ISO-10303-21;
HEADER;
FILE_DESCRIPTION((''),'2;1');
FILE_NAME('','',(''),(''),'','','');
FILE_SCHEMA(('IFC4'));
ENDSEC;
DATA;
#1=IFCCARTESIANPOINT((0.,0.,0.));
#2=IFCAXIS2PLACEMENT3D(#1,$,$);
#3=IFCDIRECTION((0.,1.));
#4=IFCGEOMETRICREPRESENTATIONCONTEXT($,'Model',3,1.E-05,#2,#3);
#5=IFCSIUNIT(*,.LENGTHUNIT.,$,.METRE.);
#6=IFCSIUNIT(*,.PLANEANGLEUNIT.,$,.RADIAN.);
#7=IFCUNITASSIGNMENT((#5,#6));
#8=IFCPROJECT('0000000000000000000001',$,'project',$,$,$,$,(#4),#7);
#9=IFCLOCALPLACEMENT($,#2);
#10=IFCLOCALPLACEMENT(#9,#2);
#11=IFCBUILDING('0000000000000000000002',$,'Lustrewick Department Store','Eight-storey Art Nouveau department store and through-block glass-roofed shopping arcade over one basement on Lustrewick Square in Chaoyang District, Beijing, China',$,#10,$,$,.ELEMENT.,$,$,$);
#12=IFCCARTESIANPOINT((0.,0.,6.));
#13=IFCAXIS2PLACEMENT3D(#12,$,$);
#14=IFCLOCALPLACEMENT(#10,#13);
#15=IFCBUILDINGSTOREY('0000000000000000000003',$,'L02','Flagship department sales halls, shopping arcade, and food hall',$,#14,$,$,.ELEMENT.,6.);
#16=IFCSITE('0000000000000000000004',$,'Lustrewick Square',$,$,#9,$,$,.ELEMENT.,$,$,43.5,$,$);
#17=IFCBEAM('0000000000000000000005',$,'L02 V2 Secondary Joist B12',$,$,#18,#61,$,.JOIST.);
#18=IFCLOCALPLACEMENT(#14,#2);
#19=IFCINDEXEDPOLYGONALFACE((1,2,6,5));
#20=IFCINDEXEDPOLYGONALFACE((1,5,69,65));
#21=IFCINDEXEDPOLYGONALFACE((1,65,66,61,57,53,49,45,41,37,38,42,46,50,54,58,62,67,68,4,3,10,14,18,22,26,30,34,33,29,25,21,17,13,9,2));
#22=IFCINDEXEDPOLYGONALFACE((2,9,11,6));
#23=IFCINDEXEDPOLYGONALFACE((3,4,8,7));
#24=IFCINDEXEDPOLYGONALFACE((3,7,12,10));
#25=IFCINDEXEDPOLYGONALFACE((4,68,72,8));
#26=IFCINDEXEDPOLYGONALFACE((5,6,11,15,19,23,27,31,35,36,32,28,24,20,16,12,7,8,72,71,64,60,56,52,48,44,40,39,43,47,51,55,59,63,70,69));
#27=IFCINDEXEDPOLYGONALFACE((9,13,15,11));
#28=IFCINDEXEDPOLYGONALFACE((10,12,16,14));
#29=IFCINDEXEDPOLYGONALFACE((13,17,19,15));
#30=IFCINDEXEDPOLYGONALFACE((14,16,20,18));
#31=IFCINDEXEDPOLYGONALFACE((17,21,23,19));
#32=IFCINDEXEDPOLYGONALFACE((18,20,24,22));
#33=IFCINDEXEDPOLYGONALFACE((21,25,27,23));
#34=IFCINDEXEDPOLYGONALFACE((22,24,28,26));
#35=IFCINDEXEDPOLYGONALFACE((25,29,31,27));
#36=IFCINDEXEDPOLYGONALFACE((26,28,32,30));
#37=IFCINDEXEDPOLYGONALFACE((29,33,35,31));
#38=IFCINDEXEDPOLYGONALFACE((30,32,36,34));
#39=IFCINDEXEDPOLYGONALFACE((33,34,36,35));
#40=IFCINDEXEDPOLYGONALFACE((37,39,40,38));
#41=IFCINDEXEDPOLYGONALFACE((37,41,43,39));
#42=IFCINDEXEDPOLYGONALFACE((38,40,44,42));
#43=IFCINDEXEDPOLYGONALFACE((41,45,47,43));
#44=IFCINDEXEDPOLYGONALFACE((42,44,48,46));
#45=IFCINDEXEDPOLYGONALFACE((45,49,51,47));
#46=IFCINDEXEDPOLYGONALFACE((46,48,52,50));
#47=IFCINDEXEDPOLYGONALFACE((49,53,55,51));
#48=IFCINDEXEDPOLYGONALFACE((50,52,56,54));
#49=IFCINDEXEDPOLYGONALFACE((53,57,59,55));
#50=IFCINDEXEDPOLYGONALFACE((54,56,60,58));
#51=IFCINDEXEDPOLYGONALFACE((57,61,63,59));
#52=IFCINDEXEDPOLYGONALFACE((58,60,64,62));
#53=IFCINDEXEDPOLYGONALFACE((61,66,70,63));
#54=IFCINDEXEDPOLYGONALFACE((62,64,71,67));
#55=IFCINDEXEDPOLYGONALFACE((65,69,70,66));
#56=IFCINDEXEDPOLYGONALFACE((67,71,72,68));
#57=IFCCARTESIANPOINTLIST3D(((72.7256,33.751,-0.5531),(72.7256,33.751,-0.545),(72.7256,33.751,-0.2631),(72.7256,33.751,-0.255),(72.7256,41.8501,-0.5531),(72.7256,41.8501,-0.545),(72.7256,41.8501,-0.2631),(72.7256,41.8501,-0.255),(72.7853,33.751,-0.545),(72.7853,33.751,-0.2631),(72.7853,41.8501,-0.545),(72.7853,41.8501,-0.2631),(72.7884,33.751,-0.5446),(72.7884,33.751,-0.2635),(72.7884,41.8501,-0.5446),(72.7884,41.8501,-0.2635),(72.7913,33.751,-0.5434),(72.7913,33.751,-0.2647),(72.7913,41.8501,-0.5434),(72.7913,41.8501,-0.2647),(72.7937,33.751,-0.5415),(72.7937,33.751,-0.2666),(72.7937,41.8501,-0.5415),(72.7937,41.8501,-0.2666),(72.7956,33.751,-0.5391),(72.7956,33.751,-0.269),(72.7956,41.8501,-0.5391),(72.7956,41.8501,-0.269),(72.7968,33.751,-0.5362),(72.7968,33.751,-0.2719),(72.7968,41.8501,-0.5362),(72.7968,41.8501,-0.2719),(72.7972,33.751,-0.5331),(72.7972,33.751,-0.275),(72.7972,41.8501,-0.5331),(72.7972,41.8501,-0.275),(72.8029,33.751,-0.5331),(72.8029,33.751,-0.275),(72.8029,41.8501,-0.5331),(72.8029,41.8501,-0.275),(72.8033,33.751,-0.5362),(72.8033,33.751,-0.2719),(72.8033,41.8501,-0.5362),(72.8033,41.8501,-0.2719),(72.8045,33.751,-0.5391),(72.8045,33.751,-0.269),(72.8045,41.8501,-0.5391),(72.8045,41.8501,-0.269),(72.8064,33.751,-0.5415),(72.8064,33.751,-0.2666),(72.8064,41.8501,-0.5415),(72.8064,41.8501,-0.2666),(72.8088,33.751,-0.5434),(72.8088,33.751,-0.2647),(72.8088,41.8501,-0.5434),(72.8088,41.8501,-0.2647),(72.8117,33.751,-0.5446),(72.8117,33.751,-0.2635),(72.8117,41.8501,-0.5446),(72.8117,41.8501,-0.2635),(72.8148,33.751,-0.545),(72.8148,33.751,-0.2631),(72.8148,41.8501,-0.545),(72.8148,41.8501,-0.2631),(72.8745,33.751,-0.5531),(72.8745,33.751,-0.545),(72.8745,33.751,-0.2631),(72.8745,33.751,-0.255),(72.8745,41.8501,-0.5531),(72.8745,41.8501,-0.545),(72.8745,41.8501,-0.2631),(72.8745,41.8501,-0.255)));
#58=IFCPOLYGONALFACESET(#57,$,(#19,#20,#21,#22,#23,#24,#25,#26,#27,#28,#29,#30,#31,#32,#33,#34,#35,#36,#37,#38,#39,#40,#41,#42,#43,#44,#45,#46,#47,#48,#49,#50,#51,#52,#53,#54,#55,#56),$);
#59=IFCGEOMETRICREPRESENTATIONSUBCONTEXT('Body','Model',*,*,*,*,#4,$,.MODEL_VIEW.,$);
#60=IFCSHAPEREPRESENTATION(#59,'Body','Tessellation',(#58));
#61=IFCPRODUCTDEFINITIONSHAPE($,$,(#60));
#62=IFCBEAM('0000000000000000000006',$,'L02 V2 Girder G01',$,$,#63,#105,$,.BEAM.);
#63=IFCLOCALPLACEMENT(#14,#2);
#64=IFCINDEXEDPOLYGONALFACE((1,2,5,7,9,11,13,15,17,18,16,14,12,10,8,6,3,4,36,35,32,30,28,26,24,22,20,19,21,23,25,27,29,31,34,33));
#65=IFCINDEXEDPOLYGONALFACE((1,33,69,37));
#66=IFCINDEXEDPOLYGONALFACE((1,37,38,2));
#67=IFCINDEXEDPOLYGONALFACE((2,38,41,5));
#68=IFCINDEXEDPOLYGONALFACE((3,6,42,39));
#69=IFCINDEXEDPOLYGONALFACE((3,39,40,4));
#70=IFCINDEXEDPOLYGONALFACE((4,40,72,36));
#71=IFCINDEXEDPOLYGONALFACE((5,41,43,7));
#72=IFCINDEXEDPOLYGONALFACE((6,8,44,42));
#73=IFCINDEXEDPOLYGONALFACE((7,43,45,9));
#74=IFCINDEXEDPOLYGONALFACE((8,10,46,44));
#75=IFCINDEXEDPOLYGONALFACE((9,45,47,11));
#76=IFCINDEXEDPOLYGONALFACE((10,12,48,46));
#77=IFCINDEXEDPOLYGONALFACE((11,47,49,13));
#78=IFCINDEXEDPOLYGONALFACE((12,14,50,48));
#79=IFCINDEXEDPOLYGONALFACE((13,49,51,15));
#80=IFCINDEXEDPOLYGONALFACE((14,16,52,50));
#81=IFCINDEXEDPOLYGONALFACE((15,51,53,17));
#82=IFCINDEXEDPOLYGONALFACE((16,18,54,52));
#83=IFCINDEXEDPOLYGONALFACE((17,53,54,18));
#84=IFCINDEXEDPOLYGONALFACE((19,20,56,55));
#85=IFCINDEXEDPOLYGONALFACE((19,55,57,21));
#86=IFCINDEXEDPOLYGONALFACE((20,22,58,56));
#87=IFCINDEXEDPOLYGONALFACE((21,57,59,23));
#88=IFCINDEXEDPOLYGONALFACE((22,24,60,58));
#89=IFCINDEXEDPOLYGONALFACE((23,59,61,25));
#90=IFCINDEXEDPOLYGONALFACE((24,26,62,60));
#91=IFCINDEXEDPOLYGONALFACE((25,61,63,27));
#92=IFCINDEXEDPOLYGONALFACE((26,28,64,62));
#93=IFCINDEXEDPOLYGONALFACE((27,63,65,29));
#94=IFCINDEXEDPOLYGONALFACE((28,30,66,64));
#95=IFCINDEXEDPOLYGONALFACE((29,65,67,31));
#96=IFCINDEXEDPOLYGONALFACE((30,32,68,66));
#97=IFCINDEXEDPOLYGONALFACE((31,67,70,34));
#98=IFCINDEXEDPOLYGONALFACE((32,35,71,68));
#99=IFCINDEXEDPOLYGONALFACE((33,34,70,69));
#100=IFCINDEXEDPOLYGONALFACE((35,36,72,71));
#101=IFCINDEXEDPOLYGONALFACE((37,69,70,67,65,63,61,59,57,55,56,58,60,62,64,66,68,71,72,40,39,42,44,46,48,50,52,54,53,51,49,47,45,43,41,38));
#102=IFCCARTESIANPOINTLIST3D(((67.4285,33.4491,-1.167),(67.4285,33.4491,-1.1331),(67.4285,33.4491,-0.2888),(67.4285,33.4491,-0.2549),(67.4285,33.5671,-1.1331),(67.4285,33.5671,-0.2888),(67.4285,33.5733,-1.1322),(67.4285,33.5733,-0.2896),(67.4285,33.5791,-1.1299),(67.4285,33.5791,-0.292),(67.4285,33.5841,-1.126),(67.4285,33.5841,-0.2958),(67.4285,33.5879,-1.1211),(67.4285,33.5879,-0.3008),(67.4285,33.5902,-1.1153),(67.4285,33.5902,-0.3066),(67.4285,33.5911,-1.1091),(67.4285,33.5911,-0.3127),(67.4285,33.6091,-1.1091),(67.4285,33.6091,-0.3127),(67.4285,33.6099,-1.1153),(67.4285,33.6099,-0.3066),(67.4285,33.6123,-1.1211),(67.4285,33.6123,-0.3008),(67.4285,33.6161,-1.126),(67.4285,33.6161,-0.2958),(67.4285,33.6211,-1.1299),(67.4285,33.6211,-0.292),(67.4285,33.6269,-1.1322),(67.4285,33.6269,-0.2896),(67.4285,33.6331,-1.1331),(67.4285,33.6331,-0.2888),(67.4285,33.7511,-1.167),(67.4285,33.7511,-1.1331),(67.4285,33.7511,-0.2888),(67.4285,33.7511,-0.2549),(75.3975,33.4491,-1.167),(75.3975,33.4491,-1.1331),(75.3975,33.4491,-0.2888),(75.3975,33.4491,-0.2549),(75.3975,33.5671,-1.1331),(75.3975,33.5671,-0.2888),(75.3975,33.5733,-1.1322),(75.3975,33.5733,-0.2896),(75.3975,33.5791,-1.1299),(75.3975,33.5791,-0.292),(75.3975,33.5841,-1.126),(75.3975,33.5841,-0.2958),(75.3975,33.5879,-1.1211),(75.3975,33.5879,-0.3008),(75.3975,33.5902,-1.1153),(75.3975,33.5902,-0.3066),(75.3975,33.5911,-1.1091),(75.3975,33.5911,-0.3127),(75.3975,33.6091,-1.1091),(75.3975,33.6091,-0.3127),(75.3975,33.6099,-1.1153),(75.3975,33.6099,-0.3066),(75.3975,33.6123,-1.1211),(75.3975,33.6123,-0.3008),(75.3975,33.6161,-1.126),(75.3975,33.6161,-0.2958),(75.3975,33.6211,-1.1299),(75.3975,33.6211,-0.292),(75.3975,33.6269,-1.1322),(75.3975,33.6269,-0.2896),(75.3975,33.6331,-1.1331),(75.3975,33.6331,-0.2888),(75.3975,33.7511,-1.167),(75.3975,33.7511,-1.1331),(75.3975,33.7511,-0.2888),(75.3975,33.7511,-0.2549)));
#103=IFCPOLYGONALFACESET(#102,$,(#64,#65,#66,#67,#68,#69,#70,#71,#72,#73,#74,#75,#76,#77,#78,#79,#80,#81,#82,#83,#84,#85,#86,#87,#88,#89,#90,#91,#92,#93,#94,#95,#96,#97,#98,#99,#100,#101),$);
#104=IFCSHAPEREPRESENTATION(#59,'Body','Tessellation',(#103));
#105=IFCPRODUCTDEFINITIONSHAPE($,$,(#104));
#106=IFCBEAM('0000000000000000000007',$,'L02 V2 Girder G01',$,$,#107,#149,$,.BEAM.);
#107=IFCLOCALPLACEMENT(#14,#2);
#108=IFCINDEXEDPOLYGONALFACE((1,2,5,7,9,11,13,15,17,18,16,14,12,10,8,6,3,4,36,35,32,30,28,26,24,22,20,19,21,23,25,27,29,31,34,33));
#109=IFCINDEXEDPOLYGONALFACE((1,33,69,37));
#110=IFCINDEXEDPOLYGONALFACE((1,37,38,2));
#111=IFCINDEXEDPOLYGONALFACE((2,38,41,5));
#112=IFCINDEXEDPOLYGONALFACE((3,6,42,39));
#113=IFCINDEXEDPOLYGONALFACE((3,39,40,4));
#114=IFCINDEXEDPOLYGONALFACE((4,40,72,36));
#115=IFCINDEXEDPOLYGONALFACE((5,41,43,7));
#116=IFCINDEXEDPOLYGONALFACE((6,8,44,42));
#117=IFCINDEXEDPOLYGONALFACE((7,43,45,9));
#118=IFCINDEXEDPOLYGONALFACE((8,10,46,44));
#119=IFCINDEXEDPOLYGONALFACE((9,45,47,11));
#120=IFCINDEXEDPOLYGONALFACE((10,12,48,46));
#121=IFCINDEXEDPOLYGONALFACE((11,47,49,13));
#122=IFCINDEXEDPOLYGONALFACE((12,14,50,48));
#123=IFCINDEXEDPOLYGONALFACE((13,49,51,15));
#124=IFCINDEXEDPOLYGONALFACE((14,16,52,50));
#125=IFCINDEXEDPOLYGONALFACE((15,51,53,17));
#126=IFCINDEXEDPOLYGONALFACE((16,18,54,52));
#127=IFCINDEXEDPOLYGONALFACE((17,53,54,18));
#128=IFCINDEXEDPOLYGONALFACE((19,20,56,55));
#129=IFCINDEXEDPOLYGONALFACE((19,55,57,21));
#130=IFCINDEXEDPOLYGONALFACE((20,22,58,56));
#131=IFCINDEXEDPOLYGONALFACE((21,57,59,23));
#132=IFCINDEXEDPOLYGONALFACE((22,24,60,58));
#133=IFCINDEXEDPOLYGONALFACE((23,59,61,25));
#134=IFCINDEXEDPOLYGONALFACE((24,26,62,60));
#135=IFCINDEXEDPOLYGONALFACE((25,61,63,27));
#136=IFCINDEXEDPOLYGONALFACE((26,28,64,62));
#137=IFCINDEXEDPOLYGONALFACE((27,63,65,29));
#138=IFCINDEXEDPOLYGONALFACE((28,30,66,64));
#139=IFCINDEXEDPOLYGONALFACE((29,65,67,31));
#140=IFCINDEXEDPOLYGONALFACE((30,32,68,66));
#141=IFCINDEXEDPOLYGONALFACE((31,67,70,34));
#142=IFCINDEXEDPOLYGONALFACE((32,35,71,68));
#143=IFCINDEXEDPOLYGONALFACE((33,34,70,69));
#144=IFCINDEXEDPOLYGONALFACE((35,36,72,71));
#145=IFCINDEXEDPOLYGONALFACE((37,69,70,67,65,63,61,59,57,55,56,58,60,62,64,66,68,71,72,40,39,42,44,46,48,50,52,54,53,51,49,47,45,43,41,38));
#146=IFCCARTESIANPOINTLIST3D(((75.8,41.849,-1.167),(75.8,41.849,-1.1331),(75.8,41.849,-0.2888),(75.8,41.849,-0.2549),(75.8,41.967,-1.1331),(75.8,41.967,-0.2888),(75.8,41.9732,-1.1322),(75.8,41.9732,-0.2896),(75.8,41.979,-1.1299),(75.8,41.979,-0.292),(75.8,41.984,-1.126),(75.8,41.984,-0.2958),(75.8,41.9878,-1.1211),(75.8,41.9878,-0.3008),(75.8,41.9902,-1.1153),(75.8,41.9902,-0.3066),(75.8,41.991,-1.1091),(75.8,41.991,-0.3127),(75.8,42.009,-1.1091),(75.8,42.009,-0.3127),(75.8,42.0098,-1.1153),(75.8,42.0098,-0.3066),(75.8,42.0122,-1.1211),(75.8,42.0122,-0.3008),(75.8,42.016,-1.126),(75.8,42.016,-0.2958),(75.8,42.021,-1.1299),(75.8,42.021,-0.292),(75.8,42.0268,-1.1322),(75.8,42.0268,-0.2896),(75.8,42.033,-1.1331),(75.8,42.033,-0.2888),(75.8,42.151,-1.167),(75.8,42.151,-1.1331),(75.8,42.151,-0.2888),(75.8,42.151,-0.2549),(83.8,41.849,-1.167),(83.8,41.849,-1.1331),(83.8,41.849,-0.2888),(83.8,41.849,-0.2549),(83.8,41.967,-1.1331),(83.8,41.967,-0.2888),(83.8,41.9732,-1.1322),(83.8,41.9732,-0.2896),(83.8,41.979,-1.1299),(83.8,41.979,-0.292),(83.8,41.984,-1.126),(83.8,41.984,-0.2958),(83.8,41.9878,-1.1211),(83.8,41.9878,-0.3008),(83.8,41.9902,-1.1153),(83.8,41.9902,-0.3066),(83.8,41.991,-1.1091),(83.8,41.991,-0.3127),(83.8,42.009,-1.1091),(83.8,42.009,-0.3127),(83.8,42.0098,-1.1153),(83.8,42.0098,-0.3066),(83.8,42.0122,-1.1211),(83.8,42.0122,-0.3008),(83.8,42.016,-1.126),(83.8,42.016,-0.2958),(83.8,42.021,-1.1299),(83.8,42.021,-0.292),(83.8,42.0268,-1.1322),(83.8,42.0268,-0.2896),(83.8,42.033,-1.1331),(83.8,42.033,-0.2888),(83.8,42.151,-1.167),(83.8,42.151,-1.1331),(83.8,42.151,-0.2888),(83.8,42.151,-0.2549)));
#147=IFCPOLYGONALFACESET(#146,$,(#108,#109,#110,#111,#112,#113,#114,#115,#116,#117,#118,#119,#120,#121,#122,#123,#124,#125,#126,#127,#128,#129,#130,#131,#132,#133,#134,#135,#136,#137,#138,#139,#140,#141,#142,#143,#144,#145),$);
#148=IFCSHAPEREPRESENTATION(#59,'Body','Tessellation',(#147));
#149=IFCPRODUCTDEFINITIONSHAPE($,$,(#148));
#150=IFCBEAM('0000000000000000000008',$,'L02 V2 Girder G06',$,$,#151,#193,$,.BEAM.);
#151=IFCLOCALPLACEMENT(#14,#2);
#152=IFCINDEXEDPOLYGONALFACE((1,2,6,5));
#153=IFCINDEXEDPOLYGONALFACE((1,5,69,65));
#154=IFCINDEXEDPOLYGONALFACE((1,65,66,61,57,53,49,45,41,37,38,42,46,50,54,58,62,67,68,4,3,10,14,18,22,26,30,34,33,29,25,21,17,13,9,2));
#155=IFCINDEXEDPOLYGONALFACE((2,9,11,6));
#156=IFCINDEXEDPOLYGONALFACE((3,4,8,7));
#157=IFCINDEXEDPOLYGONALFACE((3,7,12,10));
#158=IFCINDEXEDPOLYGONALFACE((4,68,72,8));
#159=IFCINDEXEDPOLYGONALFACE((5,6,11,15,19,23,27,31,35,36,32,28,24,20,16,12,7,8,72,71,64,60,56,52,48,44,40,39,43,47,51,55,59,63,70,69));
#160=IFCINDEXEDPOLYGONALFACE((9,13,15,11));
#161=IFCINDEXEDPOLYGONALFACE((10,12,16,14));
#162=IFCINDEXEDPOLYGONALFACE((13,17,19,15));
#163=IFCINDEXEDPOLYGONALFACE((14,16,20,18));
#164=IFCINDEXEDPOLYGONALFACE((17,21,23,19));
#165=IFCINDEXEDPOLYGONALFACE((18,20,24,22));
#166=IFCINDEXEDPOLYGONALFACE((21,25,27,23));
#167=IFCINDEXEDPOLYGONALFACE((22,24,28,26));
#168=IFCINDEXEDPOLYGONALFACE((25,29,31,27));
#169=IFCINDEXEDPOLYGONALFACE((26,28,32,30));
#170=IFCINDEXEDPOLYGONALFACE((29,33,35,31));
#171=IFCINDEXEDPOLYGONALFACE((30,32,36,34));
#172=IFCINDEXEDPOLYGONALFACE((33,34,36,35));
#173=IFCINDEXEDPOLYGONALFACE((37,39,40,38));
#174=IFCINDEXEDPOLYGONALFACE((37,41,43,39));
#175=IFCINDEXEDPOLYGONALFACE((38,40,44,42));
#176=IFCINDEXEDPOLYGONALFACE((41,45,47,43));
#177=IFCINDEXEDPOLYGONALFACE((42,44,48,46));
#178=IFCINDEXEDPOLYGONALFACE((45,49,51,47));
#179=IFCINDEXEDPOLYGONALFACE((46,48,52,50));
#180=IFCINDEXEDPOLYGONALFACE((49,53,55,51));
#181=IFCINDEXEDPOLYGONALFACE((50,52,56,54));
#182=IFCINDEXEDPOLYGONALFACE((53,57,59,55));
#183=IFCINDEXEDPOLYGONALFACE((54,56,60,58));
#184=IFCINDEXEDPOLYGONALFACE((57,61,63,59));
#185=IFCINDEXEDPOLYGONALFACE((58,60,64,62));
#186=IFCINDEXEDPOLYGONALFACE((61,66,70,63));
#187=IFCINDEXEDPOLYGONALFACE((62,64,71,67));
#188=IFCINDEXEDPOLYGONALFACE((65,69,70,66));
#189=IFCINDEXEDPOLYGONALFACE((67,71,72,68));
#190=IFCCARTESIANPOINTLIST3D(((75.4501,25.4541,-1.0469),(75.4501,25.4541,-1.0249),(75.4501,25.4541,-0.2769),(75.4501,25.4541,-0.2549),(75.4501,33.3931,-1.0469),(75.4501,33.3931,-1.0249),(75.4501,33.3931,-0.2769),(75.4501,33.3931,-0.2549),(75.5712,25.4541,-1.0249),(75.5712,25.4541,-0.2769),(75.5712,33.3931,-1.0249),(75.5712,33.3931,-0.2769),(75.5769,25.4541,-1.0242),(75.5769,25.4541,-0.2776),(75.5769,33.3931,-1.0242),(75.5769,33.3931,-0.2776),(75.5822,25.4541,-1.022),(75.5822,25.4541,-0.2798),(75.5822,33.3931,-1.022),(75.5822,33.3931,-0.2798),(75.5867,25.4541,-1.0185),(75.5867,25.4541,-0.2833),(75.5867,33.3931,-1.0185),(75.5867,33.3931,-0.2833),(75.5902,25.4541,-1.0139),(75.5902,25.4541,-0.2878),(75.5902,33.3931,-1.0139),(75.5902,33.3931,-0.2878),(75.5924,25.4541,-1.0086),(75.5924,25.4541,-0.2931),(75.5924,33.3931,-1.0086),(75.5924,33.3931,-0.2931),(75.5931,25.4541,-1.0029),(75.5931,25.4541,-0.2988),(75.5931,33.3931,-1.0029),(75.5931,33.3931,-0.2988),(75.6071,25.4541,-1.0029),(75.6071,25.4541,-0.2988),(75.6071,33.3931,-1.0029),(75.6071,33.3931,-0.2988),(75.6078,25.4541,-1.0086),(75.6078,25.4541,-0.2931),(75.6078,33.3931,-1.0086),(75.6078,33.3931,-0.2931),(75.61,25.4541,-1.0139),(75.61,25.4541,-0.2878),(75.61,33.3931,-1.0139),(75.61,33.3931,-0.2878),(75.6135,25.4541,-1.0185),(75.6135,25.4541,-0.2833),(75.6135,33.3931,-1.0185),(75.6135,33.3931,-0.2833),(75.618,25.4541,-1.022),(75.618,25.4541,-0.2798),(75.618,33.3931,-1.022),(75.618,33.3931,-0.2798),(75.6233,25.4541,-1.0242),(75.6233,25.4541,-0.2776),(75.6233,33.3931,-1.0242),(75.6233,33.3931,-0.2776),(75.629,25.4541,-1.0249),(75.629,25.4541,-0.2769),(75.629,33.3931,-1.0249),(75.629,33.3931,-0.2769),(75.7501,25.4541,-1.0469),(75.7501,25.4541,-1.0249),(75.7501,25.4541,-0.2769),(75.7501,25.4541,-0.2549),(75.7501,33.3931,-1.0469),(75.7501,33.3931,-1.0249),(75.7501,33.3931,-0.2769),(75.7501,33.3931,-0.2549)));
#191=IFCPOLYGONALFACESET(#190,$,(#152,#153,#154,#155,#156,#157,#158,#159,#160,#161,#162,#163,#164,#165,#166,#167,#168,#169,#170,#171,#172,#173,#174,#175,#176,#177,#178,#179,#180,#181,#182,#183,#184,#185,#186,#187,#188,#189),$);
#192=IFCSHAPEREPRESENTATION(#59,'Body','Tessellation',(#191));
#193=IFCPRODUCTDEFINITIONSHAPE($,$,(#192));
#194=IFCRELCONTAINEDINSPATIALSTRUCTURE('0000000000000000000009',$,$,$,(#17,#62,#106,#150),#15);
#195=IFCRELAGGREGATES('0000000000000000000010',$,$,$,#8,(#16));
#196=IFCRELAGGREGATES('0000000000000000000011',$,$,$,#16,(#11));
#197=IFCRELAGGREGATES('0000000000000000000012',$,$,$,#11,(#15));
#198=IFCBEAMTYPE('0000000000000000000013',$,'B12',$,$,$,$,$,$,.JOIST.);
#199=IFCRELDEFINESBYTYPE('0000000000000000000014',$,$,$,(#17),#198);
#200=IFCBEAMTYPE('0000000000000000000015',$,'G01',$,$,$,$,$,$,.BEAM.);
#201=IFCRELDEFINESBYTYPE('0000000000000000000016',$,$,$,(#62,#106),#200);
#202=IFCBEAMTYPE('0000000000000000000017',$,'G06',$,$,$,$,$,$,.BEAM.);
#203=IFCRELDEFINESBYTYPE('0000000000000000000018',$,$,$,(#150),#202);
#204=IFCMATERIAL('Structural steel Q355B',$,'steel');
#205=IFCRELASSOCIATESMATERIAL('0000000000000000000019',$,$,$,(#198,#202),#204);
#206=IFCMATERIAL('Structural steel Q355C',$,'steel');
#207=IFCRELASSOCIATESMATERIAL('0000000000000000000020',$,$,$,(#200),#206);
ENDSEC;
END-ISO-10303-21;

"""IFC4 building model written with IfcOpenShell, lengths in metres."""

from ifc_helpers import new_model, si_unit, direction, frame, origin, origin_2d, place, context, subcontext, project, spatial, i_section, extrude, material, material_profile, profile_set, type_object, element, save


model = new_model("IFC4")

# Units and contexts
model_context = context("Model", 3, precision=1e-05, world=origin(), true_north=direction((0.0, 1.0)))
body_context = subcontext(model_context, "Body", "Model", "MODEL_VIEW")
ifc_project = project(units=[si_unit("LENGTHUNIT", "METRE"), si_unit("PLANEANGLEUNIT", "RADIAN")], contexts=[model_context])

# Site, building, storey
site_placement = place(None, origin())
site = spatial("IfcSite", under=ifc_project, at=site_placement, Name="Lustrewick Square", CompositionType="ELEMENT", RefElevation=43.5)
building_placement = place(site_placement, origin())
building = spatial("IfcBuilding", under=site, at=building_placement, Name="Lustrewick Department Store", Description="Eight-storey Art Nouveau department store and through-block glass-roofed shopping arcade over one basement on Lustrewick Square in Chaoyang District, Beijing, China", CompositionType="ELEMENT")
storey_placement = place(building_placement, frame((0.0, 0.0, 6.0)))
storey = spatial("IfcBuildingStorey", under=building, at=storey_placement, Name="L02", Description="Flagship department sales halls, shopping arcade, and food hall", CompositionType="ELEMENT", Elevation=6.0)

# Shared definitions
ifc_material_1 = material(Name="Structural steel Q355C", Category="steel")

# Beams
ifc_material_2 = material(Name="Structural steel Q355B", Category="steel")
ifc_material_profile_1 = material_profile(ifc_material_2, i_section(OverallWidth=0.1489, OverallDepth=0.2981, WebThickness=0.0056, FlangeThickness=0.0081, FilletRadius=0.012, at=origin_2d()), Name="HN 298x149x5.5x8")
ifc_profile_set_1 = profile_set([ifc_material_profile_1], Name="Structural steel Q355B")
beam_type_1 = type_object("IfcBeamType", Name="B12", PredefinedType="JOIST", material=ifc_profile_set_1)
beam_1_placement = place(storey_placement, frame((72.8, 33.751, -0.4041), z_axis=(0.0, 1.0, 0.0), x_axis=(-1.0, 0.0, 0.0)))
element("IfcBeam", 1, at=beam_1_placement, inside=storey, type_object=beam_type_1, Name="L02 V2 Secondary Joist B12", PredefinedType="JOIST", context=body_context, shape_type="SweptSolid", body=[
    extrude(i_section(OverallWidth=0.1489, OverallDepth=0.2981, WebThickness=0.0056, FlangeThickness=0.0081, FilletRadius=0.012, at=origin_2d()), origin(), (0.0, 0.0, 1.0), 8.0991),
])
ifc_material_profile_2 = material_profile(ifc_material_1, i_section(OverallWidth=0.302, OverallDepth=0.9121, WebThickness=0.0181, FlangeThickness=0.0339, FilletRadius=0.0239, at=origin_2d()), Name="HN 912x302x18x34")
ifc_profile_set_2 = profile_set([ifc_material_profile_2], Name="Structural steel Q355C")
beam_type_2 = type_object("IfcBeamType", Name="G01", PredefinedType="BEAM", material=ifc_profile_set_2)
beam_2_placement = place(storey_placement, frame((67.4285, 33.6001, -0.7109), z_axis=(1.0, 0.0, 0.0), x_axis=(0.0, 1.0, 0.0)))
element("IfcBeam", 2, at=beam_2_placement, inside=storey, type_object=beam_type_2, Name="L02 V2 Girder G01", PredefinedType="BEAM", context=body_context, shape_type="SweptSolid", body=[
    extrude(i_section(OverallWidth=0.302, OverallDepth=0.9121, WebThickness=0.0181, FlangeThickness=0.0339, FilletRadius=0.0239, at=origin_2d()), origin(), (0.0, 0.0, 1.0), 7.969),
])
beam_3_placement = place(storey_placement, frame((75.8, 42.0, -0.7109), z_axis=(1.0, 0.0, 0.0), x_axis=(0.0, 1.0, 0.0)))
element("IfcBeam", 3, at=beam_3_placement, inside=storey, type_object=beam_type_2, Name="L02 V2 Girder G01", PredefinedType="BEAM", context=body_context, shape_type="SweptSolid", body=[
    extrude(i_section(OverallWidth=0.302, OverallDepth=0.9121, WebThickness=0.0181, FlangeThickness=0.0339, FilletRadius=0.0239, at=origin_2d()), origin(), (0.0, 0.0, 1.0), 8.0),
])
ifc_material_profile_3 = material_profile(ifc_material_2, i_section(OverallWidth=0.3, OverallDepth=0.792, WebThickness=0.0139, FlangeThickness=0.022, FilletRadius=0.022, at=origin_2d()), Name="HN 792x300x14x22")
ifc_profile_set_3 = profile_set([ifc_material_profile_3], Name="Structural steel Q355B")
beam_type_3 = type_object("IfcBeamType", Name="G06", PredefinedType="BEAM", material=ifc_profile_set_3)
beam_4_placement = place(storey_placement, frame((75.6001, 25.4541, -0.6509), z_axis=(0.0, 1.0, 0.0), x_axis=(-1.0, 0.0, 0.0)))
element("IfcBeam", 4, at=beam_4_placement, inside=storey, type_object=beam_type_3, Name="L02 V2 Girder G06", PredefinedType="BEAM", context=body_context, shape_type="SweptSolid", body=[
    extrude(i_section(OverallWidth=0.3, OverallDepth=0.792, WebThickness=0.0139, FlangeThickness=0.022, FilletRadius=0.022, at=origin_2d()), origin(), (0.0, 0.0, 1.0), 7.939),
])

save(model, "model.ifc")
